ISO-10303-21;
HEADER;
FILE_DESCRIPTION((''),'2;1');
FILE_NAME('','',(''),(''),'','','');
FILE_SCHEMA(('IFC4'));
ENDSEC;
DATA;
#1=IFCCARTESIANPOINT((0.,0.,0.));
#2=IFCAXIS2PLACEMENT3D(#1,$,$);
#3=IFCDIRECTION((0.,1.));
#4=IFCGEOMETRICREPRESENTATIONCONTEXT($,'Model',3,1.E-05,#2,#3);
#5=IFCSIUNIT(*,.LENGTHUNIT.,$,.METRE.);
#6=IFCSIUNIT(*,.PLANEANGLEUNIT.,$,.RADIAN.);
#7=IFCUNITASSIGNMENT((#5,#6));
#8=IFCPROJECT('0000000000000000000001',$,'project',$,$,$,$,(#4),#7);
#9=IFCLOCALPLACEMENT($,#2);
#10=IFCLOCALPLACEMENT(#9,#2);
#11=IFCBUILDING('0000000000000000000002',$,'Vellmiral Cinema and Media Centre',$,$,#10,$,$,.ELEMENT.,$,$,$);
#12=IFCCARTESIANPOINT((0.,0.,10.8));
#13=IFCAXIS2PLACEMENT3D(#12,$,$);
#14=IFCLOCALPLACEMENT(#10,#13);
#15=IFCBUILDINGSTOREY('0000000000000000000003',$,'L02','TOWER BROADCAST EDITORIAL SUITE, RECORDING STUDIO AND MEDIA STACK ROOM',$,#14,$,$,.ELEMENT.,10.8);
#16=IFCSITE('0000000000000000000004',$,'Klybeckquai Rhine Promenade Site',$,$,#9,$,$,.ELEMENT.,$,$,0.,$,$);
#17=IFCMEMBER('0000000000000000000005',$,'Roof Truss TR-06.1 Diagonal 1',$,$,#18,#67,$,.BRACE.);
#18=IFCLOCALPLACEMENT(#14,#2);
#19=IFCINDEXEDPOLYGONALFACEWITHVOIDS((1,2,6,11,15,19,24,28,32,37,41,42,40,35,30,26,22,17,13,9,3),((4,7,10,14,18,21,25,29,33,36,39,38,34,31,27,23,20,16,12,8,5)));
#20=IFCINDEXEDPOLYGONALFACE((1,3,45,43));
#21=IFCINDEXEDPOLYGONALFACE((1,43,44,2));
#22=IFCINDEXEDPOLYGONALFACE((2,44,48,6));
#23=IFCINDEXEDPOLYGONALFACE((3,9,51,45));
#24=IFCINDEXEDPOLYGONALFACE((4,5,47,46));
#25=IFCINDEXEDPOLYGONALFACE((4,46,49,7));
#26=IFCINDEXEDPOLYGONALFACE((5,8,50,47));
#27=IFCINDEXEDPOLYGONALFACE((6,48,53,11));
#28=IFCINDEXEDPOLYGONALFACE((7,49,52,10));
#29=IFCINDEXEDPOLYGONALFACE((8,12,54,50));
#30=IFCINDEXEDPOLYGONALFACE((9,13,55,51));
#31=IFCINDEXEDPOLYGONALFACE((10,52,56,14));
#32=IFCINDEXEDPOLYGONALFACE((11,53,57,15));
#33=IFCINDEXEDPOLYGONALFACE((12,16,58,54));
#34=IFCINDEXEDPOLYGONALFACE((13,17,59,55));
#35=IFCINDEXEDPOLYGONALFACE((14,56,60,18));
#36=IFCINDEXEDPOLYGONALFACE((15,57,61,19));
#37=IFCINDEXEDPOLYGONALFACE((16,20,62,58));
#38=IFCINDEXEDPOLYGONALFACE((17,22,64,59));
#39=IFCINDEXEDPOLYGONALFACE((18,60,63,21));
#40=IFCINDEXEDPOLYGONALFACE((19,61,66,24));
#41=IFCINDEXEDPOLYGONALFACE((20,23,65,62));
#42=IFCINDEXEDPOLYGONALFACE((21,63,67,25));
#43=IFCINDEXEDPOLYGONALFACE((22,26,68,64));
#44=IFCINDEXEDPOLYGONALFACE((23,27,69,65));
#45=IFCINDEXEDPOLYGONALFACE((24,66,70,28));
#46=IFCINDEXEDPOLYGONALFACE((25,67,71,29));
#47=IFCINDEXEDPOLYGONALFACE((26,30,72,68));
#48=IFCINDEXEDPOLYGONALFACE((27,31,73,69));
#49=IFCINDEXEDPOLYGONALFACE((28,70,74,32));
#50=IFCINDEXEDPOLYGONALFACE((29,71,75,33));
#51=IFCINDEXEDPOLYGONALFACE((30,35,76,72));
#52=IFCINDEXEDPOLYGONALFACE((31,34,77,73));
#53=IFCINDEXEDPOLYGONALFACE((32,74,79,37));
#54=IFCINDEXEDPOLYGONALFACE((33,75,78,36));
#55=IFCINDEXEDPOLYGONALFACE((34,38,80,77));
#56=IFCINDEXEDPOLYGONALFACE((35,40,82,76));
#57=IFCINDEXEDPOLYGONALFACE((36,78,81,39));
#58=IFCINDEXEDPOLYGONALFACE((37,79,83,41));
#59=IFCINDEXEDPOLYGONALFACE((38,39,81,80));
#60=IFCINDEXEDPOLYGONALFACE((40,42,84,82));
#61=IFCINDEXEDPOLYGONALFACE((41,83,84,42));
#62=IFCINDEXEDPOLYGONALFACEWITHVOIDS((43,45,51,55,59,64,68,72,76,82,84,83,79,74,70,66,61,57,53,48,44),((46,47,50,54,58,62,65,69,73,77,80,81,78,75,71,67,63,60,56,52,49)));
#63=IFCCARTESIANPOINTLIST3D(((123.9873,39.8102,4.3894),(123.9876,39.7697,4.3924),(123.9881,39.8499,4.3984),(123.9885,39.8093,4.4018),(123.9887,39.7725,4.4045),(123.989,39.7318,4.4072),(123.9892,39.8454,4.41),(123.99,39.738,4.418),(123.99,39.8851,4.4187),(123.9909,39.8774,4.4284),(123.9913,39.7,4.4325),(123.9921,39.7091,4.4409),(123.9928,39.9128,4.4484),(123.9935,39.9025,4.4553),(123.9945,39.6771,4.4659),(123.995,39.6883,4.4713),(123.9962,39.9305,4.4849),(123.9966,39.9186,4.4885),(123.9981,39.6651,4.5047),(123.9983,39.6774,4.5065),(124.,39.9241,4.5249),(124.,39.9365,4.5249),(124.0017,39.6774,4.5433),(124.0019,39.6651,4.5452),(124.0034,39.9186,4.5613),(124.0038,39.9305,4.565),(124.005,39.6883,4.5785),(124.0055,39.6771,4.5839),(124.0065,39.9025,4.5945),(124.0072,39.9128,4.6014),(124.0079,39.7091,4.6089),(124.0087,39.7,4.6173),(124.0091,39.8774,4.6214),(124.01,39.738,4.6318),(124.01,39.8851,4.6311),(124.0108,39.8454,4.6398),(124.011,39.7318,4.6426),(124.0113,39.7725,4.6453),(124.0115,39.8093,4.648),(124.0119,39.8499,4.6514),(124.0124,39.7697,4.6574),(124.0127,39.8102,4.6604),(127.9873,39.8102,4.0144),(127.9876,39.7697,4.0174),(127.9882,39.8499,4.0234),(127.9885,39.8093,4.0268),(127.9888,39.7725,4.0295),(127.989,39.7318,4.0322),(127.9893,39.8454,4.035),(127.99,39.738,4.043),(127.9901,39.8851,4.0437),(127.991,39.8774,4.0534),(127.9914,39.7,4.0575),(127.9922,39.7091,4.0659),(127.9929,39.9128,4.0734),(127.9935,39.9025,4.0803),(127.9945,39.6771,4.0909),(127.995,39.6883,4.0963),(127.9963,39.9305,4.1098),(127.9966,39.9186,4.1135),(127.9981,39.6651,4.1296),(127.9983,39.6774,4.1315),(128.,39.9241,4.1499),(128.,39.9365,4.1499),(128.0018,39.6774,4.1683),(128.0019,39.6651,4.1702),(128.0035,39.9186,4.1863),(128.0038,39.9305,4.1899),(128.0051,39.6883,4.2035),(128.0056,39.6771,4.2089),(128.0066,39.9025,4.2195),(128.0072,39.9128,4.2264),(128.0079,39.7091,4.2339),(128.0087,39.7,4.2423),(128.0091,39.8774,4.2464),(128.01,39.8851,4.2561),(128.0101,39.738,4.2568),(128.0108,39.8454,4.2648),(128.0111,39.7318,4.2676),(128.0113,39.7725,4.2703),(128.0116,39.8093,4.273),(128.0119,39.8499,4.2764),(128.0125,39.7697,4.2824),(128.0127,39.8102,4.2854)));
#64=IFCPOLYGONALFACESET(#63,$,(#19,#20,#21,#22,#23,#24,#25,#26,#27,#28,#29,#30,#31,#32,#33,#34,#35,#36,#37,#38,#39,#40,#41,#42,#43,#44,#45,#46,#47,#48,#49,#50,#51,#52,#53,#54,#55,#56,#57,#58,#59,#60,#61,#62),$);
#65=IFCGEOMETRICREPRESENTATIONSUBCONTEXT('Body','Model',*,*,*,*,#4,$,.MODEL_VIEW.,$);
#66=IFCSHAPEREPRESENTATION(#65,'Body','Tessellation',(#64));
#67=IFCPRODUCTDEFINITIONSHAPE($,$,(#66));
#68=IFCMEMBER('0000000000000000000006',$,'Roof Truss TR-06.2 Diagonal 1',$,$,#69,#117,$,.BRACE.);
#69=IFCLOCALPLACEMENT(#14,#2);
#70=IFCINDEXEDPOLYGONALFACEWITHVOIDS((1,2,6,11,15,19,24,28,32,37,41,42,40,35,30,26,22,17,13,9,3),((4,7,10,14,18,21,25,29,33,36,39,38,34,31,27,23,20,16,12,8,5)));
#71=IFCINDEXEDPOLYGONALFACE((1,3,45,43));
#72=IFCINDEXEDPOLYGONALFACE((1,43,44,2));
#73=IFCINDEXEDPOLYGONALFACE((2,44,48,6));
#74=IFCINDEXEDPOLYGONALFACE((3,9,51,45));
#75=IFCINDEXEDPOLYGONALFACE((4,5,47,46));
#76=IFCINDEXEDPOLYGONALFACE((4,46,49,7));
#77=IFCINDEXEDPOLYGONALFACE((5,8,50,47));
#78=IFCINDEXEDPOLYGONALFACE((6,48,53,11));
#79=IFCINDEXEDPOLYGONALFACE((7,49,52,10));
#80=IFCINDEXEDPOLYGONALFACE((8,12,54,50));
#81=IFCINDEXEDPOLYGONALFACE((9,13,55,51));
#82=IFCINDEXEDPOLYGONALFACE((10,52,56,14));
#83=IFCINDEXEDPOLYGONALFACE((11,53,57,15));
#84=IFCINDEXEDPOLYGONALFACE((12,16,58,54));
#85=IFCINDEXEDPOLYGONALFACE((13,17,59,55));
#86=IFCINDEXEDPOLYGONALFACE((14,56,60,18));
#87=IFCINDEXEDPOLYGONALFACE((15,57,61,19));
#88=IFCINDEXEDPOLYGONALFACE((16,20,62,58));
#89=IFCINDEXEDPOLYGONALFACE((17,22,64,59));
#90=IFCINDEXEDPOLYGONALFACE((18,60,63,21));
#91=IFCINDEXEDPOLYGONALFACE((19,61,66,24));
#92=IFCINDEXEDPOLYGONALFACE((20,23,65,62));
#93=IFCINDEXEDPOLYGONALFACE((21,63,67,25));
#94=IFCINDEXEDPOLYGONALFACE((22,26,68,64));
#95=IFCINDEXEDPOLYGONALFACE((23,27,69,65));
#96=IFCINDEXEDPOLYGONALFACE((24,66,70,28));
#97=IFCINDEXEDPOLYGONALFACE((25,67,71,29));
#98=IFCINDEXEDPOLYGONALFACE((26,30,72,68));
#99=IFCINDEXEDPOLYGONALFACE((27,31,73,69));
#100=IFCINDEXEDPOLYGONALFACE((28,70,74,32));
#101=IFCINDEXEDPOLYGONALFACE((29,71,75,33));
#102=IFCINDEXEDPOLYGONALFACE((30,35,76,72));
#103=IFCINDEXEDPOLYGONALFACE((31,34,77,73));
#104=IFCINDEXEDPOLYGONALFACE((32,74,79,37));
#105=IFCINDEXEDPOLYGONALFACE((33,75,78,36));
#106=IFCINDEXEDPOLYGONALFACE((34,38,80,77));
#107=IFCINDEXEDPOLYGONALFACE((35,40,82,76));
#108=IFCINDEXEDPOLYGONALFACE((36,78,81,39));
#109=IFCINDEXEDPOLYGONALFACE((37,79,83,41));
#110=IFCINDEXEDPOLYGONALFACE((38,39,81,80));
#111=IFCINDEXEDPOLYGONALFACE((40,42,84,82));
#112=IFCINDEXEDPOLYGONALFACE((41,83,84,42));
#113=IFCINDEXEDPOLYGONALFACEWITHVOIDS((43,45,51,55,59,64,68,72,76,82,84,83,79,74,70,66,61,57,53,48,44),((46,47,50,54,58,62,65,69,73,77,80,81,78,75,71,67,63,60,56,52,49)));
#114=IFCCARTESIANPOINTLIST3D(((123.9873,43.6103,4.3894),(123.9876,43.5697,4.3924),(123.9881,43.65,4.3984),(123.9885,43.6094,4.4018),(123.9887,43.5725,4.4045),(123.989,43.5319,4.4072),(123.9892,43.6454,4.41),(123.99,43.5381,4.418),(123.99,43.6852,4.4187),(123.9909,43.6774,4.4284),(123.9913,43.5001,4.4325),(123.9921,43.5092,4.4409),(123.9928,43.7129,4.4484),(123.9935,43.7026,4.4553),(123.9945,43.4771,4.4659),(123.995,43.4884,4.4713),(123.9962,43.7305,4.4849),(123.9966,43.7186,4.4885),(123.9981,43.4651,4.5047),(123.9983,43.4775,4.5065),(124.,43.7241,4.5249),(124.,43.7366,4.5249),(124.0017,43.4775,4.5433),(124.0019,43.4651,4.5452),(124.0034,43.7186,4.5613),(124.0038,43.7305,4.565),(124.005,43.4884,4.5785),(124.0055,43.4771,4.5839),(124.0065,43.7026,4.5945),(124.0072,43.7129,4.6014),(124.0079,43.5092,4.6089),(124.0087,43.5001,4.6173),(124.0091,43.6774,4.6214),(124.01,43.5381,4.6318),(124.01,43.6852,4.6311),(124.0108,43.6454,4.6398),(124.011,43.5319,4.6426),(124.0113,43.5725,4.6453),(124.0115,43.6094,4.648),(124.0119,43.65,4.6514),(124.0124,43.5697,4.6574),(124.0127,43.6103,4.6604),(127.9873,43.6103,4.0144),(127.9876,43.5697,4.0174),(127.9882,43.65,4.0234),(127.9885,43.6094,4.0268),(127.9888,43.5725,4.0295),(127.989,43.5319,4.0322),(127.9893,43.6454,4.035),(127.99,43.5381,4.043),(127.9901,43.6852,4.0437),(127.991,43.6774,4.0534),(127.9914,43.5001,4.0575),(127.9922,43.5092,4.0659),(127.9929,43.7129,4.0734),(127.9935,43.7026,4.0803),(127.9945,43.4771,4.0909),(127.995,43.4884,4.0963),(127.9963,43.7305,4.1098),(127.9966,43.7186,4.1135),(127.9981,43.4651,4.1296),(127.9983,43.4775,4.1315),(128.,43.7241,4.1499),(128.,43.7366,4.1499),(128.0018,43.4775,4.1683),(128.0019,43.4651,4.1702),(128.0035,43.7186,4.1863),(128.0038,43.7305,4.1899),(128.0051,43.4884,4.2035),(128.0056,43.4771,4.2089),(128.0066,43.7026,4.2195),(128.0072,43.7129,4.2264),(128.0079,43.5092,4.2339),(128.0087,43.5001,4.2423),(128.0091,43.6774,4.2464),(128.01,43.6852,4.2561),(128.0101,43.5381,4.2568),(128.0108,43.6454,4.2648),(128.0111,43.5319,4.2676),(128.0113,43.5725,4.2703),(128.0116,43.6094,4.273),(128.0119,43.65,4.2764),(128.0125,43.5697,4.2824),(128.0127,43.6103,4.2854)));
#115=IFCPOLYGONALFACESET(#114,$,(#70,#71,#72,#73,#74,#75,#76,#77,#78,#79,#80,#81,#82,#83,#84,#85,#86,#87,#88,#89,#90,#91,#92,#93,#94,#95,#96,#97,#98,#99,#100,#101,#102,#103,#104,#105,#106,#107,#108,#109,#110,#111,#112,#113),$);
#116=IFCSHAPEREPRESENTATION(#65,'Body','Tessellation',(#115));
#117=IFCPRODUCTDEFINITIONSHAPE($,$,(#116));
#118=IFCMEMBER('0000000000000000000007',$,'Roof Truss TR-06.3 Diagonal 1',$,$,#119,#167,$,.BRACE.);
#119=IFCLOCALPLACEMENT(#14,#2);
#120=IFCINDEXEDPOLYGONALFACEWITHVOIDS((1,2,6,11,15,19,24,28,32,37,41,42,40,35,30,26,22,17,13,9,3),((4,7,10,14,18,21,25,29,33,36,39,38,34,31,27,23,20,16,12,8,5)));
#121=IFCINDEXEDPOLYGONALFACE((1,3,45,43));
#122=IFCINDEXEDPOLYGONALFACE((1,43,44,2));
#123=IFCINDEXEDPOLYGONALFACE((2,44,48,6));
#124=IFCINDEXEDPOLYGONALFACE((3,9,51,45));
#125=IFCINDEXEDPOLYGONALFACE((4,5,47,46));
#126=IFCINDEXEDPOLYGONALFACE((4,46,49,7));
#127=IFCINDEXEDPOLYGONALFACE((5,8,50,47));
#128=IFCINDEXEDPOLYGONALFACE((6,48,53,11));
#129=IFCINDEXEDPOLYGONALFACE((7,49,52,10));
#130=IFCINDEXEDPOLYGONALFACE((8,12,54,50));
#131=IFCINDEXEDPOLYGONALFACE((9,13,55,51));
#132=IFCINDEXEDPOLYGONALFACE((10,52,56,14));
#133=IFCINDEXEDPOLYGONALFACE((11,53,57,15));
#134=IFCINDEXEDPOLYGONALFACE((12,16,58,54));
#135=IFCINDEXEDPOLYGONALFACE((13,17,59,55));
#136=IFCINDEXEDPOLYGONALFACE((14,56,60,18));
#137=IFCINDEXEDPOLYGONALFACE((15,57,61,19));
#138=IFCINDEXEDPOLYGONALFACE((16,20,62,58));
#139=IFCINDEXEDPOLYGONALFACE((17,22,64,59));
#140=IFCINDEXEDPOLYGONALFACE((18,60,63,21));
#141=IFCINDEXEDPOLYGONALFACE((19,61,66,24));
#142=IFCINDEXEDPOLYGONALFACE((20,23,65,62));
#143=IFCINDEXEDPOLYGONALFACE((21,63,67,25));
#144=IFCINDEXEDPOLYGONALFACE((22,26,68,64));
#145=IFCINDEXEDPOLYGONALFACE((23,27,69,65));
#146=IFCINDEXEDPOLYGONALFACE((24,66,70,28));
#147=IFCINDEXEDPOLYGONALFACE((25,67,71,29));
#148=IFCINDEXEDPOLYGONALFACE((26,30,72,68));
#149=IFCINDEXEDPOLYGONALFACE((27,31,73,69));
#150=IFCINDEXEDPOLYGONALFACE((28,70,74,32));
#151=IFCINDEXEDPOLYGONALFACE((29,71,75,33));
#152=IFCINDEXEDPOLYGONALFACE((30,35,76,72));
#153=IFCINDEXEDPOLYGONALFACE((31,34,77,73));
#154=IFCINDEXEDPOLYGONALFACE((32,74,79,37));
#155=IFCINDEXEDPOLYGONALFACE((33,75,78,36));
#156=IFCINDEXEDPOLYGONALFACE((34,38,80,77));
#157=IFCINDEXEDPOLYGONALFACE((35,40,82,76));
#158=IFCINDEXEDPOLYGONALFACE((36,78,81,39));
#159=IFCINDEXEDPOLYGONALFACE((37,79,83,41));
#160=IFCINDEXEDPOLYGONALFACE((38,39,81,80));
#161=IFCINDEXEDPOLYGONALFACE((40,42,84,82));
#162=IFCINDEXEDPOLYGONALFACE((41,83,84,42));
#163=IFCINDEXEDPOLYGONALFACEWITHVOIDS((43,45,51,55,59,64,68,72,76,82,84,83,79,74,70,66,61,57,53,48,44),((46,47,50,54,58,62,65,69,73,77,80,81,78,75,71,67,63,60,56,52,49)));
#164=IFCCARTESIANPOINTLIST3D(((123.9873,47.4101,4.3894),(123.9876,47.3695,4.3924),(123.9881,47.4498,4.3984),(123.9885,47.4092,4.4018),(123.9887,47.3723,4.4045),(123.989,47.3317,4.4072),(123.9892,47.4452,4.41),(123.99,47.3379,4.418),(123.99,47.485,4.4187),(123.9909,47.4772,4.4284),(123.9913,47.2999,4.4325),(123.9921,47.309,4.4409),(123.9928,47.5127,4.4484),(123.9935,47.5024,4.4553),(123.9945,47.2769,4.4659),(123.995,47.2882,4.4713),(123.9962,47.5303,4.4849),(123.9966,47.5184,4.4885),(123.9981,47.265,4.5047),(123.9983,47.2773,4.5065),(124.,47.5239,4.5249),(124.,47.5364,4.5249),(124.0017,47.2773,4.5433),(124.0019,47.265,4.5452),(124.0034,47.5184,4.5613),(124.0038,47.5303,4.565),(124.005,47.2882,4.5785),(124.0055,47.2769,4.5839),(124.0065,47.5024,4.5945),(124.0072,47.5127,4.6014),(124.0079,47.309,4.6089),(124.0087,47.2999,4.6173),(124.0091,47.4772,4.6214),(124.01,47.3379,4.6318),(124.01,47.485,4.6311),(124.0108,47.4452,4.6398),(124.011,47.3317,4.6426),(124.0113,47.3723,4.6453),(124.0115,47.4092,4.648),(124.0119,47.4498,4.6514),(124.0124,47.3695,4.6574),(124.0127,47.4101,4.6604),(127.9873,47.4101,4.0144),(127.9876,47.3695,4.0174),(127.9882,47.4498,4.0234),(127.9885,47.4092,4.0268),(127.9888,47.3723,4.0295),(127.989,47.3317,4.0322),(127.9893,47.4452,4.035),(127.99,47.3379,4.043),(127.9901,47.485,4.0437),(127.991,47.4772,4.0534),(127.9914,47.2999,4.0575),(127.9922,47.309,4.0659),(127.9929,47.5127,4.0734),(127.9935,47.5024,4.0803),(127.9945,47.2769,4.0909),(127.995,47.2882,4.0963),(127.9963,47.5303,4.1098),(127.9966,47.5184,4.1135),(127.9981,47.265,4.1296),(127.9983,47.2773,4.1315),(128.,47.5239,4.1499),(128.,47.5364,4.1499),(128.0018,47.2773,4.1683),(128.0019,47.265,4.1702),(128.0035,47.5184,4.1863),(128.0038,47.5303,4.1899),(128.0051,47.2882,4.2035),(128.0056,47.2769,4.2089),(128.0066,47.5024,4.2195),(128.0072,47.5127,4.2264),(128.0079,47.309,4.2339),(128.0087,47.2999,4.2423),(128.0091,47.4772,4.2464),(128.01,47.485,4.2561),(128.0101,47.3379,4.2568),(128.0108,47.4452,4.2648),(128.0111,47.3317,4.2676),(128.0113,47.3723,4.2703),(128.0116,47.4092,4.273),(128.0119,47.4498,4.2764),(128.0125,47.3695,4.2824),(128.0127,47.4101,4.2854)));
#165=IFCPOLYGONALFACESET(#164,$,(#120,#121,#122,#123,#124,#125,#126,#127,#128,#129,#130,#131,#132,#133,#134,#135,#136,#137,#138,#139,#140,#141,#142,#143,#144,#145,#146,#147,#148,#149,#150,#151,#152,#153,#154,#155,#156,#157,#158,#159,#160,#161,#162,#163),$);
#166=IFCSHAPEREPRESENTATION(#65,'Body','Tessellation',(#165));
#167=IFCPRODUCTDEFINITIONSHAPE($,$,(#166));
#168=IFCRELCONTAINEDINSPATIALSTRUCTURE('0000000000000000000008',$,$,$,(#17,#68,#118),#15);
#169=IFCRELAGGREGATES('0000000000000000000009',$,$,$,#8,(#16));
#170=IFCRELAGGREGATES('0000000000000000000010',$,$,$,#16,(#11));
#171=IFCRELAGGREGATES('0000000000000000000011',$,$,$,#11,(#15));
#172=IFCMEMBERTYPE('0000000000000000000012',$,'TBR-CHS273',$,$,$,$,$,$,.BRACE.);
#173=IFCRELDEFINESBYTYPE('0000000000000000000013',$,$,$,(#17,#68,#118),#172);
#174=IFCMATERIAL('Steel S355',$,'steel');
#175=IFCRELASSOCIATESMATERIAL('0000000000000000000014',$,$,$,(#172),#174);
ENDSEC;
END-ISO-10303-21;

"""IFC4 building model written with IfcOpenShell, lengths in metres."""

from ifc_helpers import new_model, si_unit, direction, frame, origin, origin_2d, place, context, subcontext, project, spatial, hollow_circle, extrude, material, material_profile, profile_set, type_object, element, save


model = new_model("IFC4")

# Units and contexts
model_context = context("Model", 3, precision=1e-05, world=origin(), true_north=direction((0.0, 1.0)))
body_context = subcontext(model_context, "Body", "Model", "MODEL_VIEW")
ifc_project = project(units=[si_unit("LENGTHUNIT", "METRE"), si_unit("PLANEANGLEUNIT", "RADIAN")], contexts=[model_context])

# Site, building, storey
site_placement = place(None, origin())
site = spatial("IfcSite", under=ifc_project, at=site_placement, Name="Klybeckquai Rhine Promenade Site", CompositionType="ELEMENT", RefElevation=0.0)
building_placement = place(site_placement, origin())
building = spatial("IfcBuilding", under=site, at=building_placement, Name="Vellmiral Cinema and Media Centre", CompositionType="ELEMENT")
storey_placement = place(building_placement, frame((0.0, 0.0, 10.8)))
storey = spatial("IfcBuildingStorey", under=building, at=storey_placement, Name="L02", Description="TOWER BROADCAST EDITORIAL SUITE, RECORDING STUDIO AND MEDIA STACK ROOM", CompositionType="ELEMENT", Elevation=10.8)

# Members
ifc_material_1 = material(Name="Steel S355", Category="steel")
ifc_material_profile_1 = material_profile(ifc_material_1, hollow_circle(Radius=0.1365, WallThickness=0.0125, at=origin_2d()), Name="CHS 273.0x12.5")
ifc_profile_set_1 = profile_set([ifc_material_profile_1], Name="Steel S355")
member_type_1 = type_object("IfcMemberType", Name="TBR-CHS273", PredefinedType="BRACE", material=ifc_profile_set_1)
for number, where, z_axis, x_axis, name in (
    (1, (124.0, 39.8, 4.5249), (0.995634, 0.0, -0.093341), (0.0, 1.0, 0.0), "Roof Truss TR-06.1 Diagonal 1"),
    (2, (124.0, 43.6001, 4.5249), (0.995634, 0.0, -0.093341), (0.0, 1.0, 0.0), "Roof Truss TR-06.2 Diagonal 1"),
    (3, (124.0, 47.3999, 4.5249), (0.995634, 0.0, -0.093341), (0.0, 1.0, 0.0), "Roof Truss TR-06.3 Diagonal 1"),
):
    element("IfcMember", number, at=place(storey_placement, frame(where, z_axis=z_axis, x_axis=x_axis)), inside=storey, type_object=member_type_1, Name=name, PredefinedType="BRACE", context=body_context, shape_type="SweptSolid", body=[
        extrude(hollow_circle(Radius=0.1365, WallThickness=0.0125, at=origin_2d()), origin(), (0.0, 0.0, 1.0), 4.0176),
    ])

save(model, "model.ifc")
